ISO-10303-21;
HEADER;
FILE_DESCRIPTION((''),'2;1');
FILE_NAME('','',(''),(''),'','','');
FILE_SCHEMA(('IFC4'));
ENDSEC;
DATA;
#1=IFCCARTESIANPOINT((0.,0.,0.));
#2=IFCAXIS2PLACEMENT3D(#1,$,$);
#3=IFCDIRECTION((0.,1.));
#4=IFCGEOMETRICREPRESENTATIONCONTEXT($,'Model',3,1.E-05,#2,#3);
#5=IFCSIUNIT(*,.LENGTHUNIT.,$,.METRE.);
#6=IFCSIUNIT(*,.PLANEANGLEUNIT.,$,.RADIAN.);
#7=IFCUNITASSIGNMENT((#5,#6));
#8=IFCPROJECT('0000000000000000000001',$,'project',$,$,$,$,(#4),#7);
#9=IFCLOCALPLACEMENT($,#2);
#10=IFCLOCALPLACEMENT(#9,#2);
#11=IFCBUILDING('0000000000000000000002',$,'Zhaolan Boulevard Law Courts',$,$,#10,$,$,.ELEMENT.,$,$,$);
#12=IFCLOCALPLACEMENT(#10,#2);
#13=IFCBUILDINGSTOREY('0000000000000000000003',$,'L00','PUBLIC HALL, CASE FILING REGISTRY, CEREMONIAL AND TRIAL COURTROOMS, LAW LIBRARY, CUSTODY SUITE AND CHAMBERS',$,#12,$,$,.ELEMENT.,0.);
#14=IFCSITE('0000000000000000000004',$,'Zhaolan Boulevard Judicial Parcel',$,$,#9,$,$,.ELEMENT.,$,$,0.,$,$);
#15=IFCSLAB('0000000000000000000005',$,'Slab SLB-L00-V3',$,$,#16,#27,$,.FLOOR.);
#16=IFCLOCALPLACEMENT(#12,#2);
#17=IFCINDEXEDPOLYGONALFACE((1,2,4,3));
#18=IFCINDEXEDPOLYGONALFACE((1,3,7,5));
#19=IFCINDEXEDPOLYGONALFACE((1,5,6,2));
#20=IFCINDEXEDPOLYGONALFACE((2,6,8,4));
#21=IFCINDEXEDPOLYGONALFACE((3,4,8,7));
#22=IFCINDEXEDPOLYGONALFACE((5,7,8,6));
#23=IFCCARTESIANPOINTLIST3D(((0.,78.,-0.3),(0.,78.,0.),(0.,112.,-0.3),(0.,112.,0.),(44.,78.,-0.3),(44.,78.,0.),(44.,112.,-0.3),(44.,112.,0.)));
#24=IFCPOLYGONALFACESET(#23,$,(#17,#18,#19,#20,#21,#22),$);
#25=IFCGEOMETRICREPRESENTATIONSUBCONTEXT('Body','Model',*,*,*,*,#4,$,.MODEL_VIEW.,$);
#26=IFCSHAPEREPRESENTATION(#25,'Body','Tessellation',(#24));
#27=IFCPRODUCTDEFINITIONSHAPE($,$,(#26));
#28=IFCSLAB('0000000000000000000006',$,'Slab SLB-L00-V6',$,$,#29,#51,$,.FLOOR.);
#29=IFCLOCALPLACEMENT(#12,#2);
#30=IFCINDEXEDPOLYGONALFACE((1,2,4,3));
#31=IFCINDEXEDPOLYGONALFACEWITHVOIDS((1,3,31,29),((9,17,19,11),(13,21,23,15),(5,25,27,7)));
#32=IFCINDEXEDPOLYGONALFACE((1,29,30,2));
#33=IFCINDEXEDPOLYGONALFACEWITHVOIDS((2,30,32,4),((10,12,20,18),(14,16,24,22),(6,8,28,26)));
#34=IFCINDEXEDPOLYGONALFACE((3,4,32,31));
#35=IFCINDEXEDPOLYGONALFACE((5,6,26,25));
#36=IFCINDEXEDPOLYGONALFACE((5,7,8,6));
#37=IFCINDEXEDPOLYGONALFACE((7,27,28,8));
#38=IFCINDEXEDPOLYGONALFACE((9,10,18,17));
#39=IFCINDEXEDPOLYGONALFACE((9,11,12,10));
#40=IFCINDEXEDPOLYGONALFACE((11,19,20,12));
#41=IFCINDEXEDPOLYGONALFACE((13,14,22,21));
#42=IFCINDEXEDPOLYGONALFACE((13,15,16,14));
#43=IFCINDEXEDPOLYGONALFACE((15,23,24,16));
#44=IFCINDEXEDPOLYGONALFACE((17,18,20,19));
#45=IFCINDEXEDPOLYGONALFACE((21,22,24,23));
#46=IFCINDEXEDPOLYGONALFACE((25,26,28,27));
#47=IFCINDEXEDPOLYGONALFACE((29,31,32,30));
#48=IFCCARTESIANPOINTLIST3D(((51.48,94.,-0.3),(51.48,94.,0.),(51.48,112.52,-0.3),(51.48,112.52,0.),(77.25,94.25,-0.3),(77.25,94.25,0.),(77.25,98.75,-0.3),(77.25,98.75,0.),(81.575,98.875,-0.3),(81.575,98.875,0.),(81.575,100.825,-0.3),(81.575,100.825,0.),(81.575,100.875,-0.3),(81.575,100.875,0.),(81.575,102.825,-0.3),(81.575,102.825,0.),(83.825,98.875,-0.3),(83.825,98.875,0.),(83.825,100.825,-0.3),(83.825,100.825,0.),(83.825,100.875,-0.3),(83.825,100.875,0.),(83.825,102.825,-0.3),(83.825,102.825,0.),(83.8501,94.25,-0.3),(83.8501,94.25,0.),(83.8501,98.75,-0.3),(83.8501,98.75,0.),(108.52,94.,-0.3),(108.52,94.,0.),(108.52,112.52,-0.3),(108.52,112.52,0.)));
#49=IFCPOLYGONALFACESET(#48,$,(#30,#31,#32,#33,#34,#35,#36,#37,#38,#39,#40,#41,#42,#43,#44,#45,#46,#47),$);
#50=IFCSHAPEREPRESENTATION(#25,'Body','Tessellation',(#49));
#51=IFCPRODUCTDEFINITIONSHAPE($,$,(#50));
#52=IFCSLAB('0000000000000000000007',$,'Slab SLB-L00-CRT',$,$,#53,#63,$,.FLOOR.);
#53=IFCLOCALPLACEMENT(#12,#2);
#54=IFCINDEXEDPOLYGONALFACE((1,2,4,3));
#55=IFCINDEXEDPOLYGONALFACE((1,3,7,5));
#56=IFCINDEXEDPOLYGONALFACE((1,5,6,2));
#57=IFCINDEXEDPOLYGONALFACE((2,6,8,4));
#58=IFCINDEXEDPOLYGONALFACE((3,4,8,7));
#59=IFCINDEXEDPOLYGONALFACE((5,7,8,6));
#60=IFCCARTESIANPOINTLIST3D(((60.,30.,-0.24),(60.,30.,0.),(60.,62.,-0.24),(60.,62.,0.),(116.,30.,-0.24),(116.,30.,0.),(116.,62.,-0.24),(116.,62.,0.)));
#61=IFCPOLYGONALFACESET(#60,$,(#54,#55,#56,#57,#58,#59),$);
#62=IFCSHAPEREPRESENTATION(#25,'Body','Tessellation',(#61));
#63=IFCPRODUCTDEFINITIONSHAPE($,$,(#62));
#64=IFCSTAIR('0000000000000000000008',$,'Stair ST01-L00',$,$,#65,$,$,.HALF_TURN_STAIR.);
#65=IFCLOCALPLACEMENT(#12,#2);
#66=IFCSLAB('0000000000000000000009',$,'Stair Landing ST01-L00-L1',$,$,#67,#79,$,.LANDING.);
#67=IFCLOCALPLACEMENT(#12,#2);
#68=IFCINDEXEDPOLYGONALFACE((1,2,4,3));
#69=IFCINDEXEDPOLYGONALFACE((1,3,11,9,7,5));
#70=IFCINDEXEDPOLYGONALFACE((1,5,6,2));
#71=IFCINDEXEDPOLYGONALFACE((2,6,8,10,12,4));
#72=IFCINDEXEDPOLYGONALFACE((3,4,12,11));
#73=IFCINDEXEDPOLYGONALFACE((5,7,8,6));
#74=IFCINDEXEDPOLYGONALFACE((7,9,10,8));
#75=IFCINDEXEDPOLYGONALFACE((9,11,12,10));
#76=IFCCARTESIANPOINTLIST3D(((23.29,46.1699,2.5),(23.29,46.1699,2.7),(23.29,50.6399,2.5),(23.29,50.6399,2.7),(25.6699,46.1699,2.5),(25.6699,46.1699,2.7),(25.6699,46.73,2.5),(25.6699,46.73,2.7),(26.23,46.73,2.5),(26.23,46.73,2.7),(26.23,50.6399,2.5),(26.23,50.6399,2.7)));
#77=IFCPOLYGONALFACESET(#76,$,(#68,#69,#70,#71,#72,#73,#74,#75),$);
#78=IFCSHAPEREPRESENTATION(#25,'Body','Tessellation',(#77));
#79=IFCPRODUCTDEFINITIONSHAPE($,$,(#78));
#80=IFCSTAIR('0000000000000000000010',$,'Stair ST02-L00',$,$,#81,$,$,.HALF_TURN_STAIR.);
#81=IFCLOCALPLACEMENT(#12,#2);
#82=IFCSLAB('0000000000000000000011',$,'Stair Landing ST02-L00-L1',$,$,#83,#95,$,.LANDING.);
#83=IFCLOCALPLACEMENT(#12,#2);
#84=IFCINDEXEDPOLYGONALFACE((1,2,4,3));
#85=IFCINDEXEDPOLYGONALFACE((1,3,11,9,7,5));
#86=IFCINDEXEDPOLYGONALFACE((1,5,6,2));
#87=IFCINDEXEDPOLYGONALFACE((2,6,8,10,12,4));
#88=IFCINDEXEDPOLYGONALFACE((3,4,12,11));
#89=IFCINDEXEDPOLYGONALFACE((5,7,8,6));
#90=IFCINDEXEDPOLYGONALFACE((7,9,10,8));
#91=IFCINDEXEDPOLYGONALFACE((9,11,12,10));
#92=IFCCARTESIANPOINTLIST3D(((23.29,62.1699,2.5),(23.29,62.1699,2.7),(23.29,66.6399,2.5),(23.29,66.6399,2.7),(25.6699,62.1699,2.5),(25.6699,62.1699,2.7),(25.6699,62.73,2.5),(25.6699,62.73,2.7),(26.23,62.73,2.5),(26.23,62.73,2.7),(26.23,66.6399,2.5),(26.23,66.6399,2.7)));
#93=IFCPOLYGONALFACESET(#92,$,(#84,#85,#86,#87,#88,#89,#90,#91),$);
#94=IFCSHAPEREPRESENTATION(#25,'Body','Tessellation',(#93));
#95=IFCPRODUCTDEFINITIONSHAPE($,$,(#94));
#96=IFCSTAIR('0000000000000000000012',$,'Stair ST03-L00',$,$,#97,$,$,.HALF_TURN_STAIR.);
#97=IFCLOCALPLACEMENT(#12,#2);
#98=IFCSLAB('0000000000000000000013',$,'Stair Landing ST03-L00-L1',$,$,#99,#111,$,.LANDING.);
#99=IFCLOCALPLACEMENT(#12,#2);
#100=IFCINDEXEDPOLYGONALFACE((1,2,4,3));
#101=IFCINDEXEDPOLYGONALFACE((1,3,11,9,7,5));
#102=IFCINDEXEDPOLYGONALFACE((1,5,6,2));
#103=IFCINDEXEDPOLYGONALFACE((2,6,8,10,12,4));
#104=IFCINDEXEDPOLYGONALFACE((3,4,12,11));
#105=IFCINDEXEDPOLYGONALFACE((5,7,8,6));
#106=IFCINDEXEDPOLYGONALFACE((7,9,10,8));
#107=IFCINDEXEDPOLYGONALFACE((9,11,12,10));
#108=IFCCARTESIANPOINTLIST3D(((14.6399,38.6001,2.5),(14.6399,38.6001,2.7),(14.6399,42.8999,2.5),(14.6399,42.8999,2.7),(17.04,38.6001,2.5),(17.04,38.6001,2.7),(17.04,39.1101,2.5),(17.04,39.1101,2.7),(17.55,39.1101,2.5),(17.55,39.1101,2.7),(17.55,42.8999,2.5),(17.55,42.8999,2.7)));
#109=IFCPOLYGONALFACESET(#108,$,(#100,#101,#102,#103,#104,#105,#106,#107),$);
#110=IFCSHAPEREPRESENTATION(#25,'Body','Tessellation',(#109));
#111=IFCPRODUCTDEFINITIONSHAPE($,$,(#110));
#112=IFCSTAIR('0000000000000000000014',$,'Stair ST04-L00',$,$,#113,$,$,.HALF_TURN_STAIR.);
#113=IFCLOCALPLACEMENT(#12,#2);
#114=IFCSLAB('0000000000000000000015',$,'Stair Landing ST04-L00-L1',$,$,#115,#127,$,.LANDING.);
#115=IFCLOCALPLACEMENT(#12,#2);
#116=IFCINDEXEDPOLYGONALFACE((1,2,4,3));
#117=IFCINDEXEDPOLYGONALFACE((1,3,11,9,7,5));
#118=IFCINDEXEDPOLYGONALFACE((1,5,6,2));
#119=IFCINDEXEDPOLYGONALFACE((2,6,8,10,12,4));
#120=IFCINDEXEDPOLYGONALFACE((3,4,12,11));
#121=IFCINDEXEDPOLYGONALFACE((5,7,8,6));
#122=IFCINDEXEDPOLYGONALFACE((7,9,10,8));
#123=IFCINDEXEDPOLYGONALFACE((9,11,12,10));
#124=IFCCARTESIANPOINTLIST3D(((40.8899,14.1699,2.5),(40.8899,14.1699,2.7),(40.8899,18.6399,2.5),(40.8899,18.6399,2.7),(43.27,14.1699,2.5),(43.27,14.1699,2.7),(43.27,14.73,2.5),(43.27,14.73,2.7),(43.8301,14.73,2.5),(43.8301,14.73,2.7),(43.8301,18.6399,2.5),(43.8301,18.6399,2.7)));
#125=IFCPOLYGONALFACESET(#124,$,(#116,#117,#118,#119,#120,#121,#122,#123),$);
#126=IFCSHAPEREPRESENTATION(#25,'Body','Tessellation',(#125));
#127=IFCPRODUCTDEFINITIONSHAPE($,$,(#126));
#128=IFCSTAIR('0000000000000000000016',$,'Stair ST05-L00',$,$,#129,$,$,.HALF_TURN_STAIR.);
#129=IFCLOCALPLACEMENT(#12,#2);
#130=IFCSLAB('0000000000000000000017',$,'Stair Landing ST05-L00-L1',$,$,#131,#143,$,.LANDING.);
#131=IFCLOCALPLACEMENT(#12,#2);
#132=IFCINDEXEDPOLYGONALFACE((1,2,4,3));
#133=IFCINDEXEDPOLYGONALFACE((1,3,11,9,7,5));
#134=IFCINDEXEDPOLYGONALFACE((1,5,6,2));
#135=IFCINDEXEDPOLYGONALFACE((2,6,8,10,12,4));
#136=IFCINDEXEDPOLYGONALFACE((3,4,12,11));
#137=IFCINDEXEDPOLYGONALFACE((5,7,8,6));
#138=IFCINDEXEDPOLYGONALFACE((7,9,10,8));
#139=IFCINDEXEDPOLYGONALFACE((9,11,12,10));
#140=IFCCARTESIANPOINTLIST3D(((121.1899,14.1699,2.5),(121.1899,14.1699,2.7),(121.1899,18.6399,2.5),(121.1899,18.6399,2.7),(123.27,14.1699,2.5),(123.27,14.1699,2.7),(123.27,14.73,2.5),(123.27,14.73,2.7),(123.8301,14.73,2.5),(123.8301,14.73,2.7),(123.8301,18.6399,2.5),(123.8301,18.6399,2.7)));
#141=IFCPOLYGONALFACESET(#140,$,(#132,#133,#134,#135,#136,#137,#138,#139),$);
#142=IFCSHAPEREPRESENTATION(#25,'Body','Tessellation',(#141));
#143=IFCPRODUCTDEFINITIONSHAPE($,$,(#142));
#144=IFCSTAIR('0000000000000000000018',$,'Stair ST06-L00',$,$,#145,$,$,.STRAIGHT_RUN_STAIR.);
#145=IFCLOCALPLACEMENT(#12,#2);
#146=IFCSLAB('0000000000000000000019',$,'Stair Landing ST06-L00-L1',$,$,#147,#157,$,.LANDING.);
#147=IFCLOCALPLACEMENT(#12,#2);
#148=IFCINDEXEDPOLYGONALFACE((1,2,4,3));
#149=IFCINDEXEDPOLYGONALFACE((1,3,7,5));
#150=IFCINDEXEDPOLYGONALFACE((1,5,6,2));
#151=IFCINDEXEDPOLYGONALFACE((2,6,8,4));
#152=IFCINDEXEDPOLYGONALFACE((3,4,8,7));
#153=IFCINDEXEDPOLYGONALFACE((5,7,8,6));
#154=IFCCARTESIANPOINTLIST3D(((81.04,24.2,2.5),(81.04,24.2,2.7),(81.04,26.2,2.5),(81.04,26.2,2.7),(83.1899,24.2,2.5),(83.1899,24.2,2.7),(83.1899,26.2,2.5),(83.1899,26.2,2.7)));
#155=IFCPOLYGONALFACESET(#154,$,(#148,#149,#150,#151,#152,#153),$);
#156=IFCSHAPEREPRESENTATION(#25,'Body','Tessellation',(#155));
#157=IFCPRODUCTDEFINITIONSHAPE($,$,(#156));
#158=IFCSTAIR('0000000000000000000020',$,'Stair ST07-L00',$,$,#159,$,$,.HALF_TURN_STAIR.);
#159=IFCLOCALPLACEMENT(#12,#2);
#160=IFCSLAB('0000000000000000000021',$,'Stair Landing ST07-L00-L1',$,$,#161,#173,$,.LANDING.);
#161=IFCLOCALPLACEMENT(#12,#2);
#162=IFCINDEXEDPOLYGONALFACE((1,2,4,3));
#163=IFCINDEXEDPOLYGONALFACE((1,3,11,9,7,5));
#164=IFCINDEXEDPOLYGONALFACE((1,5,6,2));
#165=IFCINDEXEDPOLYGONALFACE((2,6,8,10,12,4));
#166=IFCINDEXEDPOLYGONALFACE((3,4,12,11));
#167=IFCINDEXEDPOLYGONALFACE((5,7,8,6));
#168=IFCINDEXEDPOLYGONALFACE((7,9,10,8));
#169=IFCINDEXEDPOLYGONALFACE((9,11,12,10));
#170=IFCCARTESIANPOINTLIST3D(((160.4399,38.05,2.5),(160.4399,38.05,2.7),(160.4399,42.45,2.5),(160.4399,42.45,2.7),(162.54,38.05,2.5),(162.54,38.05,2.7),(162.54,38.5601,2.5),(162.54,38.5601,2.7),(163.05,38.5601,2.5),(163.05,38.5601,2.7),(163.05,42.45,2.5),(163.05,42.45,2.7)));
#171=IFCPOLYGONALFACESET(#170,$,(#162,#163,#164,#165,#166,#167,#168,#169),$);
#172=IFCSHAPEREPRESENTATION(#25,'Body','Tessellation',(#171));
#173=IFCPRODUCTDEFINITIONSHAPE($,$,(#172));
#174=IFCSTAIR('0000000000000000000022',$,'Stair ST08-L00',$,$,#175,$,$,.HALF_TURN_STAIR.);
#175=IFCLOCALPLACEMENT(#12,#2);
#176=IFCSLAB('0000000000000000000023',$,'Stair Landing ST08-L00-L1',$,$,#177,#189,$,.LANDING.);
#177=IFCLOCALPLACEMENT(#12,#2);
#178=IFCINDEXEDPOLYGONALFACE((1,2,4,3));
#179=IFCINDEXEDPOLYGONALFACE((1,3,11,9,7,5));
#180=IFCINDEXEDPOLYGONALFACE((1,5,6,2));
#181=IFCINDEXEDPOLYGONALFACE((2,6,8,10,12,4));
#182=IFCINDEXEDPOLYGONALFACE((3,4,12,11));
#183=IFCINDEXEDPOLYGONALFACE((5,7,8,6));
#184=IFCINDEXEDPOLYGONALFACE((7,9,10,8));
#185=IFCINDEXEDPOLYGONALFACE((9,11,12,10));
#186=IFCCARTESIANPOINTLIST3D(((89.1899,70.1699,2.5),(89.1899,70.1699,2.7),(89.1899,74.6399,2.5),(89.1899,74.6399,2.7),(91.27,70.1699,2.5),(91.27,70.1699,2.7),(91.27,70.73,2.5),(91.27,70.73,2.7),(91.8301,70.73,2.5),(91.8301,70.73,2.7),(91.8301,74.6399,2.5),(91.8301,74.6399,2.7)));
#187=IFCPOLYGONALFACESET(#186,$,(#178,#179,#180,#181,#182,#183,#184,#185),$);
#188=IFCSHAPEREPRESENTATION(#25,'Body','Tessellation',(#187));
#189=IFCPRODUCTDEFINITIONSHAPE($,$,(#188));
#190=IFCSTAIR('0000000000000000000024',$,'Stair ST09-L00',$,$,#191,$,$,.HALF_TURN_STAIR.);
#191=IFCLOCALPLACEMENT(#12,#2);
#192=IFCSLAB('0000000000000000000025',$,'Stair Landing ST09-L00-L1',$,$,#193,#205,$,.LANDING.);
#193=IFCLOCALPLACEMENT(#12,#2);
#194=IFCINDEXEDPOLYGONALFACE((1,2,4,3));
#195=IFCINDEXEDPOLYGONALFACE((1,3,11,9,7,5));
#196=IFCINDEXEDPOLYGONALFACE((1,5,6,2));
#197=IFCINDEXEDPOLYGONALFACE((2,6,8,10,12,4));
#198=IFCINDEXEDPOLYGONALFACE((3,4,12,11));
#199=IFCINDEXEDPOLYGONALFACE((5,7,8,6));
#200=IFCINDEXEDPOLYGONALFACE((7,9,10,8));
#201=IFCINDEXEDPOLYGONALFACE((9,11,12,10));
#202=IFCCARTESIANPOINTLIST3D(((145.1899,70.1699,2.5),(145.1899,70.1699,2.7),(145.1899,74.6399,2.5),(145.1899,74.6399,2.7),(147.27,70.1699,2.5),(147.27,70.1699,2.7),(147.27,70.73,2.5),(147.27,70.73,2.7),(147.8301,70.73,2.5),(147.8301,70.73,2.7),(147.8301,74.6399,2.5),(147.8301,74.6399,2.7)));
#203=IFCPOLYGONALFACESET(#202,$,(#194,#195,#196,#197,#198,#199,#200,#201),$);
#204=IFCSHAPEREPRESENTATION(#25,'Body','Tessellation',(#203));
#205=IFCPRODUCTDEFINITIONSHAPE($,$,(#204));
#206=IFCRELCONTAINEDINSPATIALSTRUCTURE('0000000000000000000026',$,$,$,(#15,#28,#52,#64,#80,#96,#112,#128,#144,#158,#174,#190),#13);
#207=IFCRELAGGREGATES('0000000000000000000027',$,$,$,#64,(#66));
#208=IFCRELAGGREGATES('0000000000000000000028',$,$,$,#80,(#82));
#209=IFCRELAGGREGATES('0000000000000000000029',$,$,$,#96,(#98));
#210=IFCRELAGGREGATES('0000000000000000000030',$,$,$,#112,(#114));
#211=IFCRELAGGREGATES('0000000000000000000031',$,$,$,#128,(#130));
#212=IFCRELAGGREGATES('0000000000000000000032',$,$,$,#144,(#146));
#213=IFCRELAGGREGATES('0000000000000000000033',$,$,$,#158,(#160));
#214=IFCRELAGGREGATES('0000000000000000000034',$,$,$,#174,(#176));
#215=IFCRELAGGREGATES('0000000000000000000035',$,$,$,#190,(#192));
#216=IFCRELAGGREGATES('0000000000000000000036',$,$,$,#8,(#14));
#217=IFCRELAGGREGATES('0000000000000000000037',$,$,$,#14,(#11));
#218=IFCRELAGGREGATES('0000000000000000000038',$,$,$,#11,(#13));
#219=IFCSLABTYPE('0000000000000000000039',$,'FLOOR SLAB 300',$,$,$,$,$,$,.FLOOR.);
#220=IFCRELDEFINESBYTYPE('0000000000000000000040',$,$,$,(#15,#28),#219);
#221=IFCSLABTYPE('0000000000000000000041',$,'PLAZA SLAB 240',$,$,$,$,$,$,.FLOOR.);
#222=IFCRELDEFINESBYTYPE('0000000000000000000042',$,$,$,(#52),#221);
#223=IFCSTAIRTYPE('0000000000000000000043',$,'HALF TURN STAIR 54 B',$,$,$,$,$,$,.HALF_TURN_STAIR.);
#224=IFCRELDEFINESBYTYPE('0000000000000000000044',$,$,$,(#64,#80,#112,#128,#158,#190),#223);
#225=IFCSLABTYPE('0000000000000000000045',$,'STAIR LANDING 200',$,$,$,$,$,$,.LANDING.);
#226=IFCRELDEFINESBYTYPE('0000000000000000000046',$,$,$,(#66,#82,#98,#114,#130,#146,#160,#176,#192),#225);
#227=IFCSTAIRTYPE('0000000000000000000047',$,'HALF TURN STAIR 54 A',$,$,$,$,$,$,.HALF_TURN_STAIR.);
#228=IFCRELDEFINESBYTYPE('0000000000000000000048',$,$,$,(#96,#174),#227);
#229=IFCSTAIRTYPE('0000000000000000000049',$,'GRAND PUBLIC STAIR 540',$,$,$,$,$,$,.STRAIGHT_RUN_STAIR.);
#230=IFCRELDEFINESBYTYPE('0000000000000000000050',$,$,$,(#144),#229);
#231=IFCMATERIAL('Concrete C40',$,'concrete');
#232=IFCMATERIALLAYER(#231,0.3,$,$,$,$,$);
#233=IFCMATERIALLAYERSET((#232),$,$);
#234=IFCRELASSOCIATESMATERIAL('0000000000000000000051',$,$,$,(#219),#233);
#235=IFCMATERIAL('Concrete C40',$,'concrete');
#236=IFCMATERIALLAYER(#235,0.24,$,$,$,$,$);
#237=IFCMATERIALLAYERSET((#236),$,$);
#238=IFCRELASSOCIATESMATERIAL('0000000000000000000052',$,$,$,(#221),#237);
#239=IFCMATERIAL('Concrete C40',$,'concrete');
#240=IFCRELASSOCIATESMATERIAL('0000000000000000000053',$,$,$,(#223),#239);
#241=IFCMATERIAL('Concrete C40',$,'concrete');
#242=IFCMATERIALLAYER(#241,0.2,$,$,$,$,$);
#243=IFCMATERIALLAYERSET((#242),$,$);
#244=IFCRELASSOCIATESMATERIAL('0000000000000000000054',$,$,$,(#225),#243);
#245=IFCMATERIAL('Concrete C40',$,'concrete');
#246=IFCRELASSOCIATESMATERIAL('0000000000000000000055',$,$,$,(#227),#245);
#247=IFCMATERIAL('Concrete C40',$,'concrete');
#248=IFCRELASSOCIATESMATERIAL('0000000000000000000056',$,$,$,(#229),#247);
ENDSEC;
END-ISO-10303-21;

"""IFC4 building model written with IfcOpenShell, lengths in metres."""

from ifc_helpers import new_model, si_unit, direction, frame, origin, place, context, subcontext, project, spatial, polyline, outline, extrude, material, layer, layer_set, type_object, element, aggregate, save


model = new_model("IFC4")

# Units and contexts
model_context = context("Model", 3, precision=1e-05, world=origin(), true_north=direction((0.0, 1.0)))
body_context = subcontext(model_context, "Body", "Model", "MODEL_VIEW")
ifc_project = project(units=[si_unit("LENGTHUNIT", "METRE"), si_unit("PLANEANGLEUNIT", "RADIAN")], contexts=[model_context])

# Site, building, storey
site_placement = place(None, origin())
site = spatial("IfcSite", under=ifc_project, at=site_placement, Name="Zhaolan Boulevard Judicial Parcel", CompositionType="ELEMENT", RefElevation=0.0)
building_placement = place(site_placement, origin())
building = spatial("IfcBuilding", under=site, at=building_placement, Name="Zhaolan Boulevard Law Courts", CompositionType="ELEMENT")
storey_placement = place(building_placement, origin())
storey = spatial("IfcBuildingStorey", under=building, at=storey_placement, Name="L00", Description="PUBLIC HALL, CASE FILING REGISTRY, CEREMONIAL AND TRIAL COURTROOMS, LAW LIBRARY, CUSTODY SUITE AND CHAMBERS", CompositionType="ELEMENT", Elevation=0.0)

# Slabs
ifc_material_1 = material(Name="Concrete C40", Category="concrete")
ifc_layer_1 = layer(ifc_material_1, 0.3)
ifc_layer_set_1 = layer_set([ifc_layer_1])
slab_type_1 = type_object("IfcSlabType", Name="FLOOR SLAB 300", PredefinedType="FLOOR", material=ifc_layer_set_1)
slab_1_placement = place(storey_placement, frame((0.0, 0.0, -0.3)))
element("IfcSlab", 1, at=slab_1_placement, inside=storey, type_object=slab_type_1, Name="Slab SLB-L00-V3", PredefinedType="FLOOR", context=body_context, shape_type="SweptSolid", body=[
    extrude(outline(polyline([(0.0, 78.0), (44.0, 78.0), (44.0, 112.0), (0.0, 112.0), (0.0, 78.0)])), origin(), (0.0, 0.0, 1.0), 0.3),
])
slab_2_placement = place(storey_placement, frame((0.0, 0.0, -0.3)))
element("IfcSlab", 2, at=slab_2_placement, inside=storey, type_object=slab_type_1, Name="Slab SLB-L00-V6", PredefinedType="FLOOR", context=body_context, shape_type="SweptSolid", body=[
    extrude(outline(polyline([(51.48, 94.0), (108.52, 94.0), (108.52, 112.52), (51.48, 112.52), (51.48, 94.0)]), holes=[polyline([(81.575, 98.875), (83.825, 98.875), (83.825, 100.825), (81.575, 100.825), (81.575, 98.875)]), polyline([(81.575, 100.875), (83.825, 100.875), (83.825, 102.825), (81.575, 102.825), (81.575, 100.875)]), polyline([(77.25, 94.25), (83.8501, 94.25), (83.8501, 98.75), (77.25, 98.75), (77.25, 94.25)])]), origin(), (0.0, 0.0, 1.0), 0.3),
])
ifc_material_2 = material(Name="Concrete C40", Category="concrete")
ifc_layer_2 = layer(ifc_material_2, 0.24)
ifc_layer_set_2 = layer_set([ifc_layer_2])
slab_type_2 = type_object("IfcSlabType", Name="PLAZA SLAB 240", PredefinedType="FLOOR", material=ifc_layer_set_2)
slab_3_placement = place(storey_placement, frame((0.0, 0.0, -0.24)))
element("IfcSlab", 3, at=slab_3_placement, inside=storey, type_object=slab_type_2, Name="Slab SLB-L00-CRT", PredefinedType="FLOOR", context=body_context, shape_type="SweptSolid", body=[
    extrude(outline(polyline([(60.0, 30.0), (116.0, 30.0), (116.0, 62.0), (60.0, 62.0), (60.0, 30.0)])), origin(), (0.0, 0.0, 1.0), 0.24),
])

# Stairs, slabs
ifc_material_3 = material(Name="Concrete C40", Category="concrete")
stair_type_1 = type_object("IfcStairType", Name="HALF TURN STAIR 54 B", PredefinedType="HALF_TURN_STAIR", material=ifc_material_3)
stair_1_placement = place(storey_placement, origin())
stair_1 = element("IfcStair", 4, at=stair_1_placement, inside=storey, type_object=stair_type_1, Name="Stair ST01-L00", PredefinedType="HALF_TURN_STAIR")
ifc_material_4 = material(Name="Concrete C40", Category="concrete")
ifc_layer_3 = layer(ifc_material_4, 0.2)
ifc_layer_set_3 = layer_set([ifc_layer_3])
slab_type_3 = type_object("IfcSlabType", Name="STAIR LANDING 200", PredefinedType="LANDING", material=ifc_layer_set_3)
slab_4_placement = place(storey_placement, frame((0.0, 0.0, 2.5)))
slab_4 = element("IfcSlab", 5, at=slab_4_placement, type_object=slab_type_3, Name="Stair Landing ST01-L00-L1", PredefinedType="LANDING", context=body_context, shape_type="SweptSolid", body=[
    extrude(outline(polyline([(23.29, 46.1699), (25.6699, 46.1699), (25.6699, 46.73), (26.23, 46.73), (26.23, 50.6399), (23.29, 50.6399), (23.29, 46.1699)])), origin(), (0.0, 0.0, 1.0), 0.2),
])
aggregate(stair_1, [slab_4])
stair_2_placement = place(storey_placement, origin())
stair_2 = element("IfcStair", 6, at=stair_2_placement, inside=storey, type_object=stair_type_1, Name="Stair ST02-L00", PredefinedType="HALF_TURN_STAIR")
slab_5_placement = place(storey_placement, frame((0.0, 0.0, 2.5)))
slab_5 = element("IfcSlab", 7, at=slab_5_placement, type_object=slab_type_3, Name="Stair Landing ST02-L00-L1", PredefinedType="LANDING", context=body_context, shape_type="SweptSolid", body=[
    extrude(outline(polyline([(23.29, 62.1699), (25.6699, 62.1699), (25.6699, 62.73), (26.23, 62.73), (26.23, 66.6399), (23.29, 66.6399), (23.29, 62.1699)])), origin(), (0.0, 0.0, 1.0), 0.2),
])
aggregate(stair_2, [slab_5])
ifc_material_5 = material(Name="Concrete C40", Category="concrete")
stair_type_2 = type_object("IfcStairType", Name="HALF TURN STAIR 54 A", PredefinedType="HALF_TURN_STAIR", material=ifc_material_5)
stair_3_placement = place(storey_placement, origin())
stair_3 = element("IfcStair", 8, at=stair_3_placement, inside=storey, type_object=stair_type_2, Name="Stair ST03-L00", PredefinedType="HALF_TURN_STAIR")
slab_6_placement = place(storey_placement, frame((0.0, 0.0, 2.5)))
slab_6 = element("IfcSlab", 9, at=slab_6_placement, type_object=slab_type_3, Name="Stair Landing ST03-L00-L1", PredefinedType="LANDING", context=body_context, shape_type="SweptSolid", body=[
    extrude(outline(polyline([(14.6399, 38.6001), (17.04, 38.6001), (17.04, 39.1101), (17.55, 39.1101), (17.55, 42.8999), (14.6399, 42.8999), (14.6399, 38.6001)])), origin(), (0.0, 0.0, 1.0), 0.2),
])
aggregate(stair_3, [slab_6])
stair_4_placement = place(storey_placement, origin())
stair_4 = element("IfcStair", 10, at=stair_4_placement, inside=storey, type_object=stair_type_1, Name="Stair ST04-L00", PredefinedType="HALF_TURN_STAIR")
slab_7_placement = place(storey_placement, frame((0.0, 0.0, 2.5)))
slab_7 = element("IfcSlab", 11, at=slab_7_placement, type_object=slab_type_3, Name="Stair Landing ST04-L00-L1", PredefinedType="LANDING", context=body_context, shape_type="SweptSolid", body=[
    extrude(outline(polyline([(40.8899, 14.1699), (43.27, 14.1699), (43.27, 14.73), (43.8301, 14.73), (43.8301, 18.6399), (40.8899, 18.6399), (40.8899, 14.1699)])), origin(), (0.0, 0.0, 1.0), 0.2),
])
aggregate(stair_4, [slab_7])
stair_5_placement = place(storey_placement, origin())
stair_5 = element("IfcStair", 12, at=stair_5_placement, inside=storey, type_object=stair_type_1, Name="Stair ST05-L00", PredefinedType="HALF_TURN_STAIR")
slab_8_placement = place(storey_placement, frame((0.0, 0.0, 2.5)))
slab_8 = element("IfcSlab", 13, at=slab_8_placement, type_object=slab_type_3, Name="Stair Landing ST05-L00-L1", PredefinedType="LANDING", context=body_context, shape_type="SweptSolid", body=[
    extrude(outline(polyline([(121.1899, 14.1699), (123.27, 14.1699), (123.27, 14.73), (123.8301, 14.73), (123.8301, 18.6399), (121.1899, 18.6399), (121.1899, 14.1699)])), origin(), (0.0, 0.0, 1.0), 0.2),
])
aggregate(stair_5, [slab_8])
ifc_material_6 = material(Name="Concrete C40", Category="concrete")
stair_type_3 = type_object("IfcStairType", Name="GRAND PUBLIC STAIR 540", PredefinedType="STRAIGHT_RUN_STAIR", material=ifc_material_6)
stair_6_placement = place(storey_placement, origin())
stair_6 = element("IfcStair", 14, at=stair_6_placement, inside=storey, type_object=stair_type_3, Name="Stair ST06-L00", PredefinedType="STRAIGHT_RUN_STAIR")
slab_9_placement = place(storey_placement, frame((0.0, 0.0, 2.5)))
slab_9 = element("IfcSlab", 15, at=slab_9_placement, type_object=slab_type_3, Name="Stair Landing ST06-L00-L1", PredefinedType="LANDING", context=body_context, shape_type="SweptSolid", body=[
    extrude(outline(polyline([(81.04, 24.2), (83.1899, 24.2), (83.1899, 26.2), (81.04, 26.2), (81.04, 24.2)])), origin(), (0.0, 0.0, 1.0), 0.2),
])
aggregate(stair_6, [slab_9])
stair_7_placement = place(storey_placement, origin())
stair_7 = element("IfcStair", 16, at=stair_7_placement, inside=storey, type_object=stair_type_1, Name="Stair ST07-L00", PredefinedType="HALF_TURN_STAIR")
slab_10_placement = place(storey_placement, frame((0.0, 0.0, 2.5)))
slab_10 = element("IfcSlab", 17, at=slab_10_placement, type_object=slab_type_3, Name="Stair Landing ST07-L00-L1", PredefinedType="LANDING", context=body_context, shape_type="SweptSolid", body=[
    extrude(outline(polyline([(160.4399, 38.05), (162.54, 38.05), (162.54, 38.5601), (163.05, 38.5601), (163.05, 42.45), (160.4399, 42.45), (160.4399, 38.05)])), origin(), (0.0, 0.0, 1.0), 0.2),
])
aggregate(stair_7, [slab_10])
stair_8_placement = place(storey_placement, origin())
stair_8 = element("IfcStair", 18, at=stair_8_placement, inside=storey, type_object=stair_type_2, Name="Stair ST08-L00", PredefinedType="HALF_TURN_STAIR")
slab_11_placement = place(storey_placement, frame((0.0, 0.0, 2.5)))
slab_11 = element("IfcSlab", 19, at=slab_11_placement, type_object=slab_type_3, Name="Stair Landing ST08-L00-L1", PredefinedType="LANDING", context=body_context, shape_type="SweptSolid", body=[
    extrude(outline(polyline([(89.1899, 70.1699), (91.27, 70.1699), (91.27, 70.73), (91.8301, 70.73), (91.8301, 74.6399), (89.1899, 74.6399), (89.1899, 70.1699)])), origin(), (0.0, 0.0, 1.0), 0.2),
])
aggregate(stair_8, [slab_11])
stair_9_placement = place(storey_placement, origin())
stair_9 = element("IfcStair", 20, at=stair_9_placement, inside=storey, type_object=stair_type_1, Name="Stair ST09-L00", PredefinedType="HALF_TURN_STAIR")
slab_12_placement = place(storey_placement, frame((0.0, 0.0, 2.5)))
slab_12 = element("IfcSlab", 21, at=slab_12_placement, type_object=slab_type_3, Name="Stair Landing ST09-L00-L1", PredefinedType="LANDING", context=body_context, shape_type="SweptSolid", body=[
    extrude(outline(polyline([(145.1899, 70.1699), (147.27, 70.1699), (147.27, 70.73), (147.8301, 70.73), (147.8301, 74.6399), (145.1899, 74.6399), (145.1899, 70.1699)])), origin(), (0.0, 0.0, 1.0), 0.2),
])
aggregate(stair_9, [slab_12])

save(model, "model.ifc")
